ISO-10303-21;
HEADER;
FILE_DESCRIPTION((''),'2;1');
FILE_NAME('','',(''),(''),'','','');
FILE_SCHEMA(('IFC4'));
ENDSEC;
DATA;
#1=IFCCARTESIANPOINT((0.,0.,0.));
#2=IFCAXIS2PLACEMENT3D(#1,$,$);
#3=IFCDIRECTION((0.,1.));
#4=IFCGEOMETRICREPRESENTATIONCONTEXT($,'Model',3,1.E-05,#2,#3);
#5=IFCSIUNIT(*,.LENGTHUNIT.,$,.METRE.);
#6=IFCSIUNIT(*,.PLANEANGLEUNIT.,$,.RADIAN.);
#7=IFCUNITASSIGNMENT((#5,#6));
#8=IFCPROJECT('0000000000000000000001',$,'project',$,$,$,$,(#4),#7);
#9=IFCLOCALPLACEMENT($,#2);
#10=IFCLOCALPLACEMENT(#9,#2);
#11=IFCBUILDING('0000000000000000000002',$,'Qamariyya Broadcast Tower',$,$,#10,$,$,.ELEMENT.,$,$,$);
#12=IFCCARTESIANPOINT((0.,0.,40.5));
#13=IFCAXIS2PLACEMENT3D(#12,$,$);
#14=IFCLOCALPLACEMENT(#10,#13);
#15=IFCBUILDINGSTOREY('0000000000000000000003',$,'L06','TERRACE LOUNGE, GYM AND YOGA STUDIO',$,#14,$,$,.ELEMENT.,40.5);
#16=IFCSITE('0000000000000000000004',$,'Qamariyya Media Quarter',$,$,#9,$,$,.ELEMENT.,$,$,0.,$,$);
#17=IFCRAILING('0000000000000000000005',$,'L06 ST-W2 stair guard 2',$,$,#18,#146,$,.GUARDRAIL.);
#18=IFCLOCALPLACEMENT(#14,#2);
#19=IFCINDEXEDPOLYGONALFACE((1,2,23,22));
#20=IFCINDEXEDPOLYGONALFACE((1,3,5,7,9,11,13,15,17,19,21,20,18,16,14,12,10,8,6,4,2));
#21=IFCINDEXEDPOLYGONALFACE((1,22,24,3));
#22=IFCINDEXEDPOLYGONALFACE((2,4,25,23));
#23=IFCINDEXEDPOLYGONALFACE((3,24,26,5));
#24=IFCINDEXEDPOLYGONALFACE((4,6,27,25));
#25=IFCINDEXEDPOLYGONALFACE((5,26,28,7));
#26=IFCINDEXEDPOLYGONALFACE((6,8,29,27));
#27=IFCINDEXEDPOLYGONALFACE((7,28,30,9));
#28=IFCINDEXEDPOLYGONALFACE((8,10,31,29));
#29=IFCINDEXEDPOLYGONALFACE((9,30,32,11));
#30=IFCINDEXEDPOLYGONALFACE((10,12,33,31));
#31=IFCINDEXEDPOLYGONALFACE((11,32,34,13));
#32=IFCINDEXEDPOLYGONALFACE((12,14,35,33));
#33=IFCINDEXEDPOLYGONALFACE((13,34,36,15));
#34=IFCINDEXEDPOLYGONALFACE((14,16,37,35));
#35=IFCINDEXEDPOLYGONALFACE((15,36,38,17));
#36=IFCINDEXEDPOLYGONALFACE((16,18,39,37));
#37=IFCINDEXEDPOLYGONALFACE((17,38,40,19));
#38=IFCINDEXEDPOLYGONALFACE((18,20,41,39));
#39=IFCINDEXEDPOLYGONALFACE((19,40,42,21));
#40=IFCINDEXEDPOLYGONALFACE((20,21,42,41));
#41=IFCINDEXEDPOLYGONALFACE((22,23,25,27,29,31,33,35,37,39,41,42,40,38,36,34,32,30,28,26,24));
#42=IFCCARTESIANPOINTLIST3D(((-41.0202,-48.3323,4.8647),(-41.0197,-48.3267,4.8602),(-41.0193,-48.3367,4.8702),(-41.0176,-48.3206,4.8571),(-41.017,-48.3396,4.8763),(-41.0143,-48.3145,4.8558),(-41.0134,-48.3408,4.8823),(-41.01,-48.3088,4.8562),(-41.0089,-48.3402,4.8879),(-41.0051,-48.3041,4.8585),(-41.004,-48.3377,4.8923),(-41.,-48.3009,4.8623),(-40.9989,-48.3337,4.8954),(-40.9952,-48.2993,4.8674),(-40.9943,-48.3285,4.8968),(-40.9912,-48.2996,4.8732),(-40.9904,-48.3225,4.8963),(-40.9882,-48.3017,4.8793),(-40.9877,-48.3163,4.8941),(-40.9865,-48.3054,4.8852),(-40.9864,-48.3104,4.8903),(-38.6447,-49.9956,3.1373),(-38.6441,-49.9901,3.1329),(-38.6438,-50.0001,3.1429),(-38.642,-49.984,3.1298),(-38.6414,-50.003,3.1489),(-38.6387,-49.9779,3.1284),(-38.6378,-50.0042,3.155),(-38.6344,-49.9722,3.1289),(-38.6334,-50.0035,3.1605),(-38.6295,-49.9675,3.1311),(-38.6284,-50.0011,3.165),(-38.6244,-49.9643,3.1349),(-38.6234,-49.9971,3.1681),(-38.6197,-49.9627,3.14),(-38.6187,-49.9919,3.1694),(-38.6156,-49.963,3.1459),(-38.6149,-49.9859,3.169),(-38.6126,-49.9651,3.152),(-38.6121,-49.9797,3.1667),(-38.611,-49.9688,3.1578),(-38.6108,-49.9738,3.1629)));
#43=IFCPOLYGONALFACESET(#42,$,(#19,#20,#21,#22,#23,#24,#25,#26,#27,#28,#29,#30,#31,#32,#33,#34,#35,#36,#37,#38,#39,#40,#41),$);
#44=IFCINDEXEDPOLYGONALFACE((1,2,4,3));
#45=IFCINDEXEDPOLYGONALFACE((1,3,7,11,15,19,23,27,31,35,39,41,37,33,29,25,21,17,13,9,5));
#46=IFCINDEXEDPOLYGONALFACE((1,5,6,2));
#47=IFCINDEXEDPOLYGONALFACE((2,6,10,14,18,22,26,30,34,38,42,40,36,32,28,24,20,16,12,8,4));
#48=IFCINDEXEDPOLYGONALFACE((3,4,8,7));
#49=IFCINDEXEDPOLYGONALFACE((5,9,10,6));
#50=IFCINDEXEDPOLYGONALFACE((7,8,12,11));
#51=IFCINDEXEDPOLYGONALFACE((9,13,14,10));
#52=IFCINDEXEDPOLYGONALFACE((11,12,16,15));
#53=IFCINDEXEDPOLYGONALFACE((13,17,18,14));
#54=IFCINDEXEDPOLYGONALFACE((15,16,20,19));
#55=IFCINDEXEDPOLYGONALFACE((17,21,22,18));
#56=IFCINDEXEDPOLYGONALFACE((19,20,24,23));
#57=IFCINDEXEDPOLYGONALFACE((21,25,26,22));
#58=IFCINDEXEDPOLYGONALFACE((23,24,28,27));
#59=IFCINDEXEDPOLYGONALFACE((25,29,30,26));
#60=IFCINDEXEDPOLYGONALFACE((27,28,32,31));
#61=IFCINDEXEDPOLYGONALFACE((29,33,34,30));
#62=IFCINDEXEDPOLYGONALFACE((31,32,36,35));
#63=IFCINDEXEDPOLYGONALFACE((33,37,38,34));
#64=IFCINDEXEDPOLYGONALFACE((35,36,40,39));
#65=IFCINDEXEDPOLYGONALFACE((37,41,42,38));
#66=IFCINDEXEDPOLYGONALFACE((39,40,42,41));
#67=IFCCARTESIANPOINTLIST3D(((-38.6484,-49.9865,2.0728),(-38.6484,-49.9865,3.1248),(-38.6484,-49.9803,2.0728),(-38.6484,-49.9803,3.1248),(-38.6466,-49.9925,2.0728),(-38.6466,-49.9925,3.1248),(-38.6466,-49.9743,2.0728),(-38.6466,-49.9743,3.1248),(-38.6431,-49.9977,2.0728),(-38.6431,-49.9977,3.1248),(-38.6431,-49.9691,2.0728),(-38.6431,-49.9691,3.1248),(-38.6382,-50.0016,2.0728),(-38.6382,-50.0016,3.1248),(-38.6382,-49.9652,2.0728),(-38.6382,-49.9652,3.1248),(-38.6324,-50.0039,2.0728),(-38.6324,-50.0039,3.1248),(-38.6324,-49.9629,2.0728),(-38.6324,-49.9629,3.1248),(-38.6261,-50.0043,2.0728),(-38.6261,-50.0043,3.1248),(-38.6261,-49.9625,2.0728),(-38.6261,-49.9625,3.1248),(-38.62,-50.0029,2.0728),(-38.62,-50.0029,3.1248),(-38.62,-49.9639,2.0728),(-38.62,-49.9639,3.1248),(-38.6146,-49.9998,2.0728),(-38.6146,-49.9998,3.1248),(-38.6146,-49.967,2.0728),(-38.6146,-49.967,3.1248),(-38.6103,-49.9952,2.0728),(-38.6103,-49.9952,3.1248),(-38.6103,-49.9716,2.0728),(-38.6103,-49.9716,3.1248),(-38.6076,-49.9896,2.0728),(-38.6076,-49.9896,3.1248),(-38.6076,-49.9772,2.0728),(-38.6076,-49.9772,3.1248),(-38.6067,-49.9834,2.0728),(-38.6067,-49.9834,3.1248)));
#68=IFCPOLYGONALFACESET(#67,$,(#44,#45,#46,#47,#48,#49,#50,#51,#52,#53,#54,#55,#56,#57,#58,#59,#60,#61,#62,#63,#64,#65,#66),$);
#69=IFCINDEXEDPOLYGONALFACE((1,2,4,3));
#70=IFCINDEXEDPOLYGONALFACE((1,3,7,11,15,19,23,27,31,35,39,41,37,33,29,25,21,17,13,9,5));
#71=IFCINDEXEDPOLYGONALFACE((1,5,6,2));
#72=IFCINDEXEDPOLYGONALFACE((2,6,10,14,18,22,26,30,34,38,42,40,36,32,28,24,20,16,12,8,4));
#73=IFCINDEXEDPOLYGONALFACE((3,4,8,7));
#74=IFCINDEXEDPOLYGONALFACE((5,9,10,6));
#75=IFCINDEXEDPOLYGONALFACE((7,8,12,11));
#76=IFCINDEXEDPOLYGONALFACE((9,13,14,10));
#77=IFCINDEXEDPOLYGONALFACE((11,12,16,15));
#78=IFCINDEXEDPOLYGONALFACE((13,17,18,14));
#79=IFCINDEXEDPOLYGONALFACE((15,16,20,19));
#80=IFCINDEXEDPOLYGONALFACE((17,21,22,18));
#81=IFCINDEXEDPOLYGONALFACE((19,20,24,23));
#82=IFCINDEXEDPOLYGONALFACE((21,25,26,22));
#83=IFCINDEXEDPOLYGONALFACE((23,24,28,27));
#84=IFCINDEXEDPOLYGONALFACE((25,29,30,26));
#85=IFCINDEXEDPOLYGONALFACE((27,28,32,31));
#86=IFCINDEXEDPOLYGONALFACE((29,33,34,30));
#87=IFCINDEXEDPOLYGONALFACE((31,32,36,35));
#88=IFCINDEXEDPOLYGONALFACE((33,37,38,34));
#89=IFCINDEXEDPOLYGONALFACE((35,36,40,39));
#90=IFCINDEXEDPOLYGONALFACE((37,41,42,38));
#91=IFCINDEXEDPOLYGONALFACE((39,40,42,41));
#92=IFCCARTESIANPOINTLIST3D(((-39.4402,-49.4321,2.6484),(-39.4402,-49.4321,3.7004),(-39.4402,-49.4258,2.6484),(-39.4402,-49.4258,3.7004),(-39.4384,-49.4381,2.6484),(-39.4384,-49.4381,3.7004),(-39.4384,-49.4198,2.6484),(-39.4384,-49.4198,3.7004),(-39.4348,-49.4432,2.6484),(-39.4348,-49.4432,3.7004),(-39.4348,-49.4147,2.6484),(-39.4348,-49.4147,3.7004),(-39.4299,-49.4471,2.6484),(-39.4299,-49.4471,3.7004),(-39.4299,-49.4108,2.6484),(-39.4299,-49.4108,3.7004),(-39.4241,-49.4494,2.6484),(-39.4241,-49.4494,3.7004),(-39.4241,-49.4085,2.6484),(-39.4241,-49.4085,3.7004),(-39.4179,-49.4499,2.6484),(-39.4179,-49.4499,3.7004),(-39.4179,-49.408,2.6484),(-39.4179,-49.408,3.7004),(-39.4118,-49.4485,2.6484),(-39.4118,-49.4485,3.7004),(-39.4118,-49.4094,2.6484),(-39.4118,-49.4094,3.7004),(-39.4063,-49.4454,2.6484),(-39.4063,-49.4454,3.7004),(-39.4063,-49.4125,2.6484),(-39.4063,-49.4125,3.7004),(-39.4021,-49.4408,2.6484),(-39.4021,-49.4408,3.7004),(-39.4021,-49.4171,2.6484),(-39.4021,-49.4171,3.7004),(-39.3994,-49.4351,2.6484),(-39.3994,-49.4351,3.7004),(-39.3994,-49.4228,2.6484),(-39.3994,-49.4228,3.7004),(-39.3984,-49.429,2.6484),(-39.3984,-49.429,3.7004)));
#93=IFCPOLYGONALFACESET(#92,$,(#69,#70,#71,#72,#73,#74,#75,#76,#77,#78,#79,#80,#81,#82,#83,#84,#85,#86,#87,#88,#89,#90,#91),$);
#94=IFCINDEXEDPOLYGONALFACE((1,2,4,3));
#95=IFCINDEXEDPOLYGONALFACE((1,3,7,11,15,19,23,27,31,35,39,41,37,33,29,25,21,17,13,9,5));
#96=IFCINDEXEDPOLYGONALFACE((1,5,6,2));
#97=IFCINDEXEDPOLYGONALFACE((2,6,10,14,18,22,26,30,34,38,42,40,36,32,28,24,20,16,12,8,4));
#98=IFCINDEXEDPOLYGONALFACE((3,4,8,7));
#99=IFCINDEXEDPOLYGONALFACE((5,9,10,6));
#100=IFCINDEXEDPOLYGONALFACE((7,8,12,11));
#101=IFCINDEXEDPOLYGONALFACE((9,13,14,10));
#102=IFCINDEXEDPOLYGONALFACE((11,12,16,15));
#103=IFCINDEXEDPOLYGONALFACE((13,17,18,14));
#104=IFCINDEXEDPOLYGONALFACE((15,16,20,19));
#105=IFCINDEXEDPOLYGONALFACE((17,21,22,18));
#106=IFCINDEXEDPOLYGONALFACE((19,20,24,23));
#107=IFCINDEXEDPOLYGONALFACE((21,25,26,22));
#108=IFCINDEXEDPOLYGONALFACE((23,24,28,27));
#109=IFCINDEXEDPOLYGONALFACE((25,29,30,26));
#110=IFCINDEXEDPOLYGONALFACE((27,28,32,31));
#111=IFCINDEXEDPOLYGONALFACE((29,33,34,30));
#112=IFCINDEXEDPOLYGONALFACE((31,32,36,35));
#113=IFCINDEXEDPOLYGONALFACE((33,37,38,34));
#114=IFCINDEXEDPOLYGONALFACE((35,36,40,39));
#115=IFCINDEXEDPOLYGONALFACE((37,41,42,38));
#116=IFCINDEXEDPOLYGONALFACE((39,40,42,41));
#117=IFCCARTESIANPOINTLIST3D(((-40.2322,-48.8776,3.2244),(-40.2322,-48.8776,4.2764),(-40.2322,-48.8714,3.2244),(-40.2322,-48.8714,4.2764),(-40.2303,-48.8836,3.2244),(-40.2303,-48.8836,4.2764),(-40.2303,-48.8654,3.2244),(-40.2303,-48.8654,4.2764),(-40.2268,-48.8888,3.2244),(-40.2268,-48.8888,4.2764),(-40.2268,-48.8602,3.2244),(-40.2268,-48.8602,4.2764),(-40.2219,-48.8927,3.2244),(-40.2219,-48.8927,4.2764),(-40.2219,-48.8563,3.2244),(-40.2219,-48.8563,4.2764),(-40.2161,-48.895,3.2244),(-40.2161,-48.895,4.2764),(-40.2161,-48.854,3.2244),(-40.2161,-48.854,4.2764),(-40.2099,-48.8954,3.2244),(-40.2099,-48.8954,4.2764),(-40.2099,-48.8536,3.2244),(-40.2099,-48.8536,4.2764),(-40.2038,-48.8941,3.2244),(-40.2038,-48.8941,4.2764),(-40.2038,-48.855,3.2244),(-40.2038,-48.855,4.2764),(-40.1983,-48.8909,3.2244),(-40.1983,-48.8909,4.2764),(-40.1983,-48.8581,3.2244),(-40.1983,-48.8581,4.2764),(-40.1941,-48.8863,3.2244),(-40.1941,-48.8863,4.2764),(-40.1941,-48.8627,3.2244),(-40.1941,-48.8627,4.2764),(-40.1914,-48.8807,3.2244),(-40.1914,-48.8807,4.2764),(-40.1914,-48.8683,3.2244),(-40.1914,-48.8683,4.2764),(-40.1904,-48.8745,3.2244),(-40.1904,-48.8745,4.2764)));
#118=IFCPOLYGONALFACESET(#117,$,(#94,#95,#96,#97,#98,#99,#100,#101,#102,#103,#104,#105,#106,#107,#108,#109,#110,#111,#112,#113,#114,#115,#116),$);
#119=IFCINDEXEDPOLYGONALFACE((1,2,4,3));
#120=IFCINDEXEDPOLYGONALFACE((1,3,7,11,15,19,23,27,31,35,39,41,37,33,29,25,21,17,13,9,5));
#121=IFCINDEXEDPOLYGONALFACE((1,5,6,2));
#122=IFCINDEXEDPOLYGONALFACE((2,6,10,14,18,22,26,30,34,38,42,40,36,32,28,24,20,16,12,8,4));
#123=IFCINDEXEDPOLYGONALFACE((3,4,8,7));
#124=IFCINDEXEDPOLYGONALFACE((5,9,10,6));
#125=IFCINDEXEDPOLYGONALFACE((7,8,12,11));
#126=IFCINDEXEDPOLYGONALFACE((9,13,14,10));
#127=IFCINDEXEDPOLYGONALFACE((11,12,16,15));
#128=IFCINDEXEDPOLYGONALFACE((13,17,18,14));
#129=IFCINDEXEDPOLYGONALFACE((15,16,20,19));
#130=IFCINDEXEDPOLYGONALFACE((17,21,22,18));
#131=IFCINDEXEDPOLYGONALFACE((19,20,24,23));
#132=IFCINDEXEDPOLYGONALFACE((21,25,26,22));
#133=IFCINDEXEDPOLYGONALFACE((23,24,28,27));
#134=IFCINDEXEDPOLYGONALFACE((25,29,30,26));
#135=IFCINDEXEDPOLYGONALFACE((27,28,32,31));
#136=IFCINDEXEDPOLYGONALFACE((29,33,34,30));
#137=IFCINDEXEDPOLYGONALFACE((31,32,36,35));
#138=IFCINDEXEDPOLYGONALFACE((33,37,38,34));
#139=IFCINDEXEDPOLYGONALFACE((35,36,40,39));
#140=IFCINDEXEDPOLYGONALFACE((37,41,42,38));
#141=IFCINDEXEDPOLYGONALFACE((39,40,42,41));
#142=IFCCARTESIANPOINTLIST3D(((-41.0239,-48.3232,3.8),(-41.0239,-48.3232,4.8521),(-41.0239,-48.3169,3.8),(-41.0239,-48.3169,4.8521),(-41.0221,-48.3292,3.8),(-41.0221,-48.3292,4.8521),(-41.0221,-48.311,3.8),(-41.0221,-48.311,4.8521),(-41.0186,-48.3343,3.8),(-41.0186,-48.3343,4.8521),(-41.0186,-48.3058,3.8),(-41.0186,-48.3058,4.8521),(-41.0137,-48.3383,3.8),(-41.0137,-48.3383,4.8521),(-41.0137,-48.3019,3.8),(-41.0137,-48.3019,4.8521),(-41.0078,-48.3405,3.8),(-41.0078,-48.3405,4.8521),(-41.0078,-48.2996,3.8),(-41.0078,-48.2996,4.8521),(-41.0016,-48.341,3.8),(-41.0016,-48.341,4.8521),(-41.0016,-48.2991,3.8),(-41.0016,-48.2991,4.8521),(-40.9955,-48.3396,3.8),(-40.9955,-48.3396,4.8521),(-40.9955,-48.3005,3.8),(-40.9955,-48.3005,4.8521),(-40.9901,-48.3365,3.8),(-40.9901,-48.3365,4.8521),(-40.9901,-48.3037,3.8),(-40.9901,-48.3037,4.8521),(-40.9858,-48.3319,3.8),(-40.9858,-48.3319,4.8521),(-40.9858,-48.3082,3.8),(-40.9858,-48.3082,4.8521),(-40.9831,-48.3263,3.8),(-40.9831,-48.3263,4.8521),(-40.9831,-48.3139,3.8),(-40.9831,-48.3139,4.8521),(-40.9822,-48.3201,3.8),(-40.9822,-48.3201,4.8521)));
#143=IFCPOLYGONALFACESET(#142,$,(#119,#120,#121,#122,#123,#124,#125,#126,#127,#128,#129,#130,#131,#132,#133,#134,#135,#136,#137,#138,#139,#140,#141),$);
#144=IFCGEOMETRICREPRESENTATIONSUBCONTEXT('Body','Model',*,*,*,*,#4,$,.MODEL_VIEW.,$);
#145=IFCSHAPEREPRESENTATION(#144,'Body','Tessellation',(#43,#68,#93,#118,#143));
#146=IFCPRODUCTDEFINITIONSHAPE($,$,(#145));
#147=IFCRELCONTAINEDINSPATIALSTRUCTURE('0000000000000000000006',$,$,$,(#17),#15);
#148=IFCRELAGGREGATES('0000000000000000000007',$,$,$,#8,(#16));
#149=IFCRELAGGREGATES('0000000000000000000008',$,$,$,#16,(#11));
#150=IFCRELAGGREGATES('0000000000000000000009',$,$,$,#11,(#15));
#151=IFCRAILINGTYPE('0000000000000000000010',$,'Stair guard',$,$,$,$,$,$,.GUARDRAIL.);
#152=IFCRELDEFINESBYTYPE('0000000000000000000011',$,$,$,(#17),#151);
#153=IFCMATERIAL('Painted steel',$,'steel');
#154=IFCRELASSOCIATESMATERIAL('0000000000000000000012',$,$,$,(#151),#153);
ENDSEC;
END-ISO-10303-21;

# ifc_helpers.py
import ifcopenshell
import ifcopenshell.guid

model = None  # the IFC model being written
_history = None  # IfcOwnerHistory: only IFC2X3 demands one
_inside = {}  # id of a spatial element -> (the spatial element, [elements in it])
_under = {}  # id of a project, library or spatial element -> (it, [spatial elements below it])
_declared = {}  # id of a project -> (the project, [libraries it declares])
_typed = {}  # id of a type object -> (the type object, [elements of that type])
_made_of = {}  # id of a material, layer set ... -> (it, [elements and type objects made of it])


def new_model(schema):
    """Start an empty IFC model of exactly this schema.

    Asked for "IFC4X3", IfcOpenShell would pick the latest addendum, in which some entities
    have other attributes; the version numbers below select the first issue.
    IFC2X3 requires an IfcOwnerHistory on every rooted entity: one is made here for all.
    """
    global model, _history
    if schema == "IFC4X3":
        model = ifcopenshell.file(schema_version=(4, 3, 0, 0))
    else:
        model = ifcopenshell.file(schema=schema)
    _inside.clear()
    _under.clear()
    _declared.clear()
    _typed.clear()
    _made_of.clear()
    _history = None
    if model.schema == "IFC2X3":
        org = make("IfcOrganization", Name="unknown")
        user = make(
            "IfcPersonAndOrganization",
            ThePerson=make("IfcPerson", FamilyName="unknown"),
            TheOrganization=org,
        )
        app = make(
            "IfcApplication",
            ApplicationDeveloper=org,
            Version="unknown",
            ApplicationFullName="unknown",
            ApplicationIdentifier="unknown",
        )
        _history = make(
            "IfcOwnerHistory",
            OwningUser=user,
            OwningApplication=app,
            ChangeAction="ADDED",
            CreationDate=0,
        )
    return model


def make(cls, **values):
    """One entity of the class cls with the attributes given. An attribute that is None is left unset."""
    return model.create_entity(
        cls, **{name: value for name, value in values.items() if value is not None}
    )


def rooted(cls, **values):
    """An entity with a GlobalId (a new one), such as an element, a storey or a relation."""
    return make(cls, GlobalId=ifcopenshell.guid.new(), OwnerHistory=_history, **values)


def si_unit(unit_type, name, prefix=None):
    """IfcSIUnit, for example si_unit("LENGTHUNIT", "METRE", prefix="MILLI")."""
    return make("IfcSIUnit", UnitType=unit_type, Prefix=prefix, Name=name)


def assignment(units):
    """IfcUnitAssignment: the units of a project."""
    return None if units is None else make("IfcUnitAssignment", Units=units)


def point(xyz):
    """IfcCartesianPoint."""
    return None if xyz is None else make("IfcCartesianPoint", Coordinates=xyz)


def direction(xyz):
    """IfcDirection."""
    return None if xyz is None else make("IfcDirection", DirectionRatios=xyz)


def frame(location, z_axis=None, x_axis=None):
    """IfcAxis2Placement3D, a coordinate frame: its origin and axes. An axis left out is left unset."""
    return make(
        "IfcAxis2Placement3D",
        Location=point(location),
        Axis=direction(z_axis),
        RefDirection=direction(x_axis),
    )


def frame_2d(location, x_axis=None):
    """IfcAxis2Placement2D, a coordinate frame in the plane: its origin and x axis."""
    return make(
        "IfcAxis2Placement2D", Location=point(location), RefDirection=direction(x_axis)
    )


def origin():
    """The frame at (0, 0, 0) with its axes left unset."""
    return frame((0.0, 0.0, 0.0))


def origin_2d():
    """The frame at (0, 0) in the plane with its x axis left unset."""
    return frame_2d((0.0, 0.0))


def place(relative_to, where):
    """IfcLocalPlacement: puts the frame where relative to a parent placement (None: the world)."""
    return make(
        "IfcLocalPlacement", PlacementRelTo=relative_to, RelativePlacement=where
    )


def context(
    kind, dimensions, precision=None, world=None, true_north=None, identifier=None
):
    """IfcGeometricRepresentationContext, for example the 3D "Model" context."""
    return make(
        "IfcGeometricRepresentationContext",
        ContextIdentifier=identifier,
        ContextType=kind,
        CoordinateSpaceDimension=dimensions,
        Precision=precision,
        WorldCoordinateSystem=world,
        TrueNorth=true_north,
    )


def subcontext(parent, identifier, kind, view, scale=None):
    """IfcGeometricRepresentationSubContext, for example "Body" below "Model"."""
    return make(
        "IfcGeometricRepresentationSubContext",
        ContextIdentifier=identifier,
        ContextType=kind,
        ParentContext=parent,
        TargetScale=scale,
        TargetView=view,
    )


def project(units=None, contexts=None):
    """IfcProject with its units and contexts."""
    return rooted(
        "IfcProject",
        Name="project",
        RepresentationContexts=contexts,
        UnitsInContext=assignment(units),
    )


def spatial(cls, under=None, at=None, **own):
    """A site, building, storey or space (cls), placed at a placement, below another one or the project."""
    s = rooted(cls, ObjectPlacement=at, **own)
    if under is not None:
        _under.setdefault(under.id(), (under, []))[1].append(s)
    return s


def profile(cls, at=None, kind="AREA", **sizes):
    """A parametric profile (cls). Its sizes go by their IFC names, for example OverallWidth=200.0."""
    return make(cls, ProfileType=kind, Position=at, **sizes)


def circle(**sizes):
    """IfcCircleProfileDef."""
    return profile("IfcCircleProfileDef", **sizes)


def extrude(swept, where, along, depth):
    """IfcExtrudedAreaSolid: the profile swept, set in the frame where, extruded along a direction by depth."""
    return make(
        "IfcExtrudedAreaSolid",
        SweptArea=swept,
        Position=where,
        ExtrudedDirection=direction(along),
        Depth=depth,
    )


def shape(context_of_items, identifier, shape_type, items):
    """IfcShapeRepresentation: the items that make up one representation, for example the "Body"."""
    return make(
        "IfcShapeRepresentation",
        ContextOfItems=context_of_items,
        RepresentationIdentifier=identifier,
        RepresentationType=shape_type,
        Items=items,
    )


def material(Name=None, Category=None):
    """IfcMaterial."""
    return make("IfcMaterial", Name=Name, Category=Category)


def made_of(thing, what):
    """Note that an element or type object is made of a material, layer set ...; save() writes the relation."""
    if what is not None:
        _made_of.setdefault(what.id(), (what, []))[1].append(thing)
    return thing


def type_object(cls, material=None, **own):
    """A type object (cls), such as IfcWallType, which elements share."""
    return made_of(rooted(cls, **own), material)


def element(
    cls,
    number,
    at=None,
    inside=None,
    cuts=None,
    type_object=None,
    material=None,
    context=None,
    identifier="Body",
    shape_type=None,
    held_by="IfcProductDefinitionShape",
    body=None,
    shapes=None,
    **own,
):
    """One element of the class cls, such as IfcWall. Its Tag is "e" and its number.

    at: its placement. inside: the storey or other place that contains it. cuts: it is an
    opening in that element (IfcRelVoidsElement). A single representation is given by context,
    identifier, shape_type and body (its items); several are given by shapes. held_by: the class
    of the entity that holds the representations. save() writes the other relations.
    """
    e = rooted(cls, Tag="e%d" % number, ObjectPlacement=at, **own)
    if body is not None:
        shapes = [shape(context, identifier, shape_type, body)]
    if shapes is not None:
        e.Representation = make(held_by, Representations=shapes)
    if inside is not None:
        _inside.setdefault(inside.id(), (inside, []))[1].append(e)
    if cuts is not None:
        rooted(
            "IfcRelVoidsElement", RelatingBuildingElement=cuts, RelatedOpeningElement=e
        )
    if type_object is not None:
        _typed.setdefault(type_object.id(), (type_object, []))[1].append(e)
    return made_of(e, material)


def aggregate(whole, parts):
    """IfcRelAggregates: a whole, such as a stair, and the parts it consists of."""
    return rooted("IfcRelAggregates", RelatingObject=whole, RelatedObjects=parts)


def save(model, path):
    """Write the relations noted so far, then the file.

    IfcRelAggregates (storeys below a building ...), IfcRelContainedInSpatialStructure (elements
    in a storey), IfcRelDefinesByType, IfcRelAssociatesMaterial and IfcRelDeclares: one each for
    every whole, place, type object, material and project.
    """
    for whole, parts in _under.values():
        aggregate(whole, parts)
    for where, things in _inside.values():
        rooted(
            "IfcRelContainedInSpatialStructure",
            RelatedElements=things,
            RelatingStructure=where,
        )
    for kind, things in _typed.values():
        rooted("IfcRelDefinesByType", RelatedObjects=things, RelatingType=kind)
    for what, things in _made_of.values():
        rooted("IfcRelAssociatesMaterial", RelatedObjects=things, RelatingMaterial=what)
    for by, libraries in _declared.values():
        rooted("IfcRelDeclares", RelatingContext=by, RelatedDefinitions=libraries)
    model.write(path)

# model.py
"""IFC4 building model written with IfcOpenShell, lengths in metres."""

from ifc_helpers import new_model, si_unit, direction, frame, origin, origin_2d, place, context, subcontext, project, spatial, circle, extrude, material, type_object, element, save


model = new_model("IFC4")

# Units and contexts
model_context = context("Model", 3, precision=1e-05, world=origin(), true_north=direction((0.0, 1.0)))
body_context = subcontext(model_context, "Body", "Model", "MODEL_VIEW")
ifc_project = project(units=[si_unit("LENGTHUNIT", "METRE"), si_unit("PLANEANGLEUNIT", "RADIAN")], contexts=[model_context])

# Site, building, storey
site_placement = place(None, origin())
site = spatial("IfcSite", under=ifc_project, at=site_placement, Name="Qamariyya Media Quarter", CompositionType="ELEMENT", RefElevation=0.0)
building_placement = place(site_placement, origin())
building = spatial("IfcBuilding", under=site, at=building_placement, Name="Qamariyya Broadcast Tower", CompositionType="ELEMENT")
storey_placement = place(building_placement, frame((0.0, 0.0, 40.5)))
storey = spatial("IfcBuildingStorey", under=building, at=storey_placement, Name="L06", Description="TERRACE LOUNGE, GYM AND YOGA STUDIO", CompositionType="ELEMENT", Elevation=40.5)

# Railing
ifc_material_1 = material(Name="Painted steel", Category="steel")
railing_type_1 = type_object("IfcRailingType", Name="Stair guard", PredefinedType="GUARDRAIL", material=ifc_material_1)
railing_1_placement = place(storey_placement, frame((-38.6277, -49.9834, 2.0728)))
element("IfcRailing", 1, at=railing_1_placement, inside=storey, type_object=railing_type_1, Name="L06 ST-W2 stair guard 2", PredefinedType="GUARDRAIL", context=body_context, shape_type="SweptSolid", body=[
    extrude(circle(Radius=0.0239, at=origin_2d()), frame((0.0, 0.0, 1.0762), z_axis=(-0.70377, 0.492784, 0.511734), x_axis=(-0.573575, -0.819153, 0.0)), (0.0, 0.0, 1.0), 3.3755),
    extrude(circle(Radius=0.021, at=origin_2d()), origin(), (0.0, 0.0, 1.0), 1.052),
    extrude(circle(Radius=0.021, at=origin_2d()), frame((-0.7917, 0.5544, 0.5757)), (0.0, 0.0, 1.0), 1.052),
    extrude(circle(Radius=0.021, at=origin_2d()), frame((-1.5837, 1.1089, 1.1516)), (0.0, 0.0, 1.0), 1.052),
    extrude(circle(Radius=0.021, at=origin_2d()), frame((-2.3755, 1.6633, 1.7273)), (0.0, 0.0, 1.0), 1.052),
])

save(model, "model.ifc")
